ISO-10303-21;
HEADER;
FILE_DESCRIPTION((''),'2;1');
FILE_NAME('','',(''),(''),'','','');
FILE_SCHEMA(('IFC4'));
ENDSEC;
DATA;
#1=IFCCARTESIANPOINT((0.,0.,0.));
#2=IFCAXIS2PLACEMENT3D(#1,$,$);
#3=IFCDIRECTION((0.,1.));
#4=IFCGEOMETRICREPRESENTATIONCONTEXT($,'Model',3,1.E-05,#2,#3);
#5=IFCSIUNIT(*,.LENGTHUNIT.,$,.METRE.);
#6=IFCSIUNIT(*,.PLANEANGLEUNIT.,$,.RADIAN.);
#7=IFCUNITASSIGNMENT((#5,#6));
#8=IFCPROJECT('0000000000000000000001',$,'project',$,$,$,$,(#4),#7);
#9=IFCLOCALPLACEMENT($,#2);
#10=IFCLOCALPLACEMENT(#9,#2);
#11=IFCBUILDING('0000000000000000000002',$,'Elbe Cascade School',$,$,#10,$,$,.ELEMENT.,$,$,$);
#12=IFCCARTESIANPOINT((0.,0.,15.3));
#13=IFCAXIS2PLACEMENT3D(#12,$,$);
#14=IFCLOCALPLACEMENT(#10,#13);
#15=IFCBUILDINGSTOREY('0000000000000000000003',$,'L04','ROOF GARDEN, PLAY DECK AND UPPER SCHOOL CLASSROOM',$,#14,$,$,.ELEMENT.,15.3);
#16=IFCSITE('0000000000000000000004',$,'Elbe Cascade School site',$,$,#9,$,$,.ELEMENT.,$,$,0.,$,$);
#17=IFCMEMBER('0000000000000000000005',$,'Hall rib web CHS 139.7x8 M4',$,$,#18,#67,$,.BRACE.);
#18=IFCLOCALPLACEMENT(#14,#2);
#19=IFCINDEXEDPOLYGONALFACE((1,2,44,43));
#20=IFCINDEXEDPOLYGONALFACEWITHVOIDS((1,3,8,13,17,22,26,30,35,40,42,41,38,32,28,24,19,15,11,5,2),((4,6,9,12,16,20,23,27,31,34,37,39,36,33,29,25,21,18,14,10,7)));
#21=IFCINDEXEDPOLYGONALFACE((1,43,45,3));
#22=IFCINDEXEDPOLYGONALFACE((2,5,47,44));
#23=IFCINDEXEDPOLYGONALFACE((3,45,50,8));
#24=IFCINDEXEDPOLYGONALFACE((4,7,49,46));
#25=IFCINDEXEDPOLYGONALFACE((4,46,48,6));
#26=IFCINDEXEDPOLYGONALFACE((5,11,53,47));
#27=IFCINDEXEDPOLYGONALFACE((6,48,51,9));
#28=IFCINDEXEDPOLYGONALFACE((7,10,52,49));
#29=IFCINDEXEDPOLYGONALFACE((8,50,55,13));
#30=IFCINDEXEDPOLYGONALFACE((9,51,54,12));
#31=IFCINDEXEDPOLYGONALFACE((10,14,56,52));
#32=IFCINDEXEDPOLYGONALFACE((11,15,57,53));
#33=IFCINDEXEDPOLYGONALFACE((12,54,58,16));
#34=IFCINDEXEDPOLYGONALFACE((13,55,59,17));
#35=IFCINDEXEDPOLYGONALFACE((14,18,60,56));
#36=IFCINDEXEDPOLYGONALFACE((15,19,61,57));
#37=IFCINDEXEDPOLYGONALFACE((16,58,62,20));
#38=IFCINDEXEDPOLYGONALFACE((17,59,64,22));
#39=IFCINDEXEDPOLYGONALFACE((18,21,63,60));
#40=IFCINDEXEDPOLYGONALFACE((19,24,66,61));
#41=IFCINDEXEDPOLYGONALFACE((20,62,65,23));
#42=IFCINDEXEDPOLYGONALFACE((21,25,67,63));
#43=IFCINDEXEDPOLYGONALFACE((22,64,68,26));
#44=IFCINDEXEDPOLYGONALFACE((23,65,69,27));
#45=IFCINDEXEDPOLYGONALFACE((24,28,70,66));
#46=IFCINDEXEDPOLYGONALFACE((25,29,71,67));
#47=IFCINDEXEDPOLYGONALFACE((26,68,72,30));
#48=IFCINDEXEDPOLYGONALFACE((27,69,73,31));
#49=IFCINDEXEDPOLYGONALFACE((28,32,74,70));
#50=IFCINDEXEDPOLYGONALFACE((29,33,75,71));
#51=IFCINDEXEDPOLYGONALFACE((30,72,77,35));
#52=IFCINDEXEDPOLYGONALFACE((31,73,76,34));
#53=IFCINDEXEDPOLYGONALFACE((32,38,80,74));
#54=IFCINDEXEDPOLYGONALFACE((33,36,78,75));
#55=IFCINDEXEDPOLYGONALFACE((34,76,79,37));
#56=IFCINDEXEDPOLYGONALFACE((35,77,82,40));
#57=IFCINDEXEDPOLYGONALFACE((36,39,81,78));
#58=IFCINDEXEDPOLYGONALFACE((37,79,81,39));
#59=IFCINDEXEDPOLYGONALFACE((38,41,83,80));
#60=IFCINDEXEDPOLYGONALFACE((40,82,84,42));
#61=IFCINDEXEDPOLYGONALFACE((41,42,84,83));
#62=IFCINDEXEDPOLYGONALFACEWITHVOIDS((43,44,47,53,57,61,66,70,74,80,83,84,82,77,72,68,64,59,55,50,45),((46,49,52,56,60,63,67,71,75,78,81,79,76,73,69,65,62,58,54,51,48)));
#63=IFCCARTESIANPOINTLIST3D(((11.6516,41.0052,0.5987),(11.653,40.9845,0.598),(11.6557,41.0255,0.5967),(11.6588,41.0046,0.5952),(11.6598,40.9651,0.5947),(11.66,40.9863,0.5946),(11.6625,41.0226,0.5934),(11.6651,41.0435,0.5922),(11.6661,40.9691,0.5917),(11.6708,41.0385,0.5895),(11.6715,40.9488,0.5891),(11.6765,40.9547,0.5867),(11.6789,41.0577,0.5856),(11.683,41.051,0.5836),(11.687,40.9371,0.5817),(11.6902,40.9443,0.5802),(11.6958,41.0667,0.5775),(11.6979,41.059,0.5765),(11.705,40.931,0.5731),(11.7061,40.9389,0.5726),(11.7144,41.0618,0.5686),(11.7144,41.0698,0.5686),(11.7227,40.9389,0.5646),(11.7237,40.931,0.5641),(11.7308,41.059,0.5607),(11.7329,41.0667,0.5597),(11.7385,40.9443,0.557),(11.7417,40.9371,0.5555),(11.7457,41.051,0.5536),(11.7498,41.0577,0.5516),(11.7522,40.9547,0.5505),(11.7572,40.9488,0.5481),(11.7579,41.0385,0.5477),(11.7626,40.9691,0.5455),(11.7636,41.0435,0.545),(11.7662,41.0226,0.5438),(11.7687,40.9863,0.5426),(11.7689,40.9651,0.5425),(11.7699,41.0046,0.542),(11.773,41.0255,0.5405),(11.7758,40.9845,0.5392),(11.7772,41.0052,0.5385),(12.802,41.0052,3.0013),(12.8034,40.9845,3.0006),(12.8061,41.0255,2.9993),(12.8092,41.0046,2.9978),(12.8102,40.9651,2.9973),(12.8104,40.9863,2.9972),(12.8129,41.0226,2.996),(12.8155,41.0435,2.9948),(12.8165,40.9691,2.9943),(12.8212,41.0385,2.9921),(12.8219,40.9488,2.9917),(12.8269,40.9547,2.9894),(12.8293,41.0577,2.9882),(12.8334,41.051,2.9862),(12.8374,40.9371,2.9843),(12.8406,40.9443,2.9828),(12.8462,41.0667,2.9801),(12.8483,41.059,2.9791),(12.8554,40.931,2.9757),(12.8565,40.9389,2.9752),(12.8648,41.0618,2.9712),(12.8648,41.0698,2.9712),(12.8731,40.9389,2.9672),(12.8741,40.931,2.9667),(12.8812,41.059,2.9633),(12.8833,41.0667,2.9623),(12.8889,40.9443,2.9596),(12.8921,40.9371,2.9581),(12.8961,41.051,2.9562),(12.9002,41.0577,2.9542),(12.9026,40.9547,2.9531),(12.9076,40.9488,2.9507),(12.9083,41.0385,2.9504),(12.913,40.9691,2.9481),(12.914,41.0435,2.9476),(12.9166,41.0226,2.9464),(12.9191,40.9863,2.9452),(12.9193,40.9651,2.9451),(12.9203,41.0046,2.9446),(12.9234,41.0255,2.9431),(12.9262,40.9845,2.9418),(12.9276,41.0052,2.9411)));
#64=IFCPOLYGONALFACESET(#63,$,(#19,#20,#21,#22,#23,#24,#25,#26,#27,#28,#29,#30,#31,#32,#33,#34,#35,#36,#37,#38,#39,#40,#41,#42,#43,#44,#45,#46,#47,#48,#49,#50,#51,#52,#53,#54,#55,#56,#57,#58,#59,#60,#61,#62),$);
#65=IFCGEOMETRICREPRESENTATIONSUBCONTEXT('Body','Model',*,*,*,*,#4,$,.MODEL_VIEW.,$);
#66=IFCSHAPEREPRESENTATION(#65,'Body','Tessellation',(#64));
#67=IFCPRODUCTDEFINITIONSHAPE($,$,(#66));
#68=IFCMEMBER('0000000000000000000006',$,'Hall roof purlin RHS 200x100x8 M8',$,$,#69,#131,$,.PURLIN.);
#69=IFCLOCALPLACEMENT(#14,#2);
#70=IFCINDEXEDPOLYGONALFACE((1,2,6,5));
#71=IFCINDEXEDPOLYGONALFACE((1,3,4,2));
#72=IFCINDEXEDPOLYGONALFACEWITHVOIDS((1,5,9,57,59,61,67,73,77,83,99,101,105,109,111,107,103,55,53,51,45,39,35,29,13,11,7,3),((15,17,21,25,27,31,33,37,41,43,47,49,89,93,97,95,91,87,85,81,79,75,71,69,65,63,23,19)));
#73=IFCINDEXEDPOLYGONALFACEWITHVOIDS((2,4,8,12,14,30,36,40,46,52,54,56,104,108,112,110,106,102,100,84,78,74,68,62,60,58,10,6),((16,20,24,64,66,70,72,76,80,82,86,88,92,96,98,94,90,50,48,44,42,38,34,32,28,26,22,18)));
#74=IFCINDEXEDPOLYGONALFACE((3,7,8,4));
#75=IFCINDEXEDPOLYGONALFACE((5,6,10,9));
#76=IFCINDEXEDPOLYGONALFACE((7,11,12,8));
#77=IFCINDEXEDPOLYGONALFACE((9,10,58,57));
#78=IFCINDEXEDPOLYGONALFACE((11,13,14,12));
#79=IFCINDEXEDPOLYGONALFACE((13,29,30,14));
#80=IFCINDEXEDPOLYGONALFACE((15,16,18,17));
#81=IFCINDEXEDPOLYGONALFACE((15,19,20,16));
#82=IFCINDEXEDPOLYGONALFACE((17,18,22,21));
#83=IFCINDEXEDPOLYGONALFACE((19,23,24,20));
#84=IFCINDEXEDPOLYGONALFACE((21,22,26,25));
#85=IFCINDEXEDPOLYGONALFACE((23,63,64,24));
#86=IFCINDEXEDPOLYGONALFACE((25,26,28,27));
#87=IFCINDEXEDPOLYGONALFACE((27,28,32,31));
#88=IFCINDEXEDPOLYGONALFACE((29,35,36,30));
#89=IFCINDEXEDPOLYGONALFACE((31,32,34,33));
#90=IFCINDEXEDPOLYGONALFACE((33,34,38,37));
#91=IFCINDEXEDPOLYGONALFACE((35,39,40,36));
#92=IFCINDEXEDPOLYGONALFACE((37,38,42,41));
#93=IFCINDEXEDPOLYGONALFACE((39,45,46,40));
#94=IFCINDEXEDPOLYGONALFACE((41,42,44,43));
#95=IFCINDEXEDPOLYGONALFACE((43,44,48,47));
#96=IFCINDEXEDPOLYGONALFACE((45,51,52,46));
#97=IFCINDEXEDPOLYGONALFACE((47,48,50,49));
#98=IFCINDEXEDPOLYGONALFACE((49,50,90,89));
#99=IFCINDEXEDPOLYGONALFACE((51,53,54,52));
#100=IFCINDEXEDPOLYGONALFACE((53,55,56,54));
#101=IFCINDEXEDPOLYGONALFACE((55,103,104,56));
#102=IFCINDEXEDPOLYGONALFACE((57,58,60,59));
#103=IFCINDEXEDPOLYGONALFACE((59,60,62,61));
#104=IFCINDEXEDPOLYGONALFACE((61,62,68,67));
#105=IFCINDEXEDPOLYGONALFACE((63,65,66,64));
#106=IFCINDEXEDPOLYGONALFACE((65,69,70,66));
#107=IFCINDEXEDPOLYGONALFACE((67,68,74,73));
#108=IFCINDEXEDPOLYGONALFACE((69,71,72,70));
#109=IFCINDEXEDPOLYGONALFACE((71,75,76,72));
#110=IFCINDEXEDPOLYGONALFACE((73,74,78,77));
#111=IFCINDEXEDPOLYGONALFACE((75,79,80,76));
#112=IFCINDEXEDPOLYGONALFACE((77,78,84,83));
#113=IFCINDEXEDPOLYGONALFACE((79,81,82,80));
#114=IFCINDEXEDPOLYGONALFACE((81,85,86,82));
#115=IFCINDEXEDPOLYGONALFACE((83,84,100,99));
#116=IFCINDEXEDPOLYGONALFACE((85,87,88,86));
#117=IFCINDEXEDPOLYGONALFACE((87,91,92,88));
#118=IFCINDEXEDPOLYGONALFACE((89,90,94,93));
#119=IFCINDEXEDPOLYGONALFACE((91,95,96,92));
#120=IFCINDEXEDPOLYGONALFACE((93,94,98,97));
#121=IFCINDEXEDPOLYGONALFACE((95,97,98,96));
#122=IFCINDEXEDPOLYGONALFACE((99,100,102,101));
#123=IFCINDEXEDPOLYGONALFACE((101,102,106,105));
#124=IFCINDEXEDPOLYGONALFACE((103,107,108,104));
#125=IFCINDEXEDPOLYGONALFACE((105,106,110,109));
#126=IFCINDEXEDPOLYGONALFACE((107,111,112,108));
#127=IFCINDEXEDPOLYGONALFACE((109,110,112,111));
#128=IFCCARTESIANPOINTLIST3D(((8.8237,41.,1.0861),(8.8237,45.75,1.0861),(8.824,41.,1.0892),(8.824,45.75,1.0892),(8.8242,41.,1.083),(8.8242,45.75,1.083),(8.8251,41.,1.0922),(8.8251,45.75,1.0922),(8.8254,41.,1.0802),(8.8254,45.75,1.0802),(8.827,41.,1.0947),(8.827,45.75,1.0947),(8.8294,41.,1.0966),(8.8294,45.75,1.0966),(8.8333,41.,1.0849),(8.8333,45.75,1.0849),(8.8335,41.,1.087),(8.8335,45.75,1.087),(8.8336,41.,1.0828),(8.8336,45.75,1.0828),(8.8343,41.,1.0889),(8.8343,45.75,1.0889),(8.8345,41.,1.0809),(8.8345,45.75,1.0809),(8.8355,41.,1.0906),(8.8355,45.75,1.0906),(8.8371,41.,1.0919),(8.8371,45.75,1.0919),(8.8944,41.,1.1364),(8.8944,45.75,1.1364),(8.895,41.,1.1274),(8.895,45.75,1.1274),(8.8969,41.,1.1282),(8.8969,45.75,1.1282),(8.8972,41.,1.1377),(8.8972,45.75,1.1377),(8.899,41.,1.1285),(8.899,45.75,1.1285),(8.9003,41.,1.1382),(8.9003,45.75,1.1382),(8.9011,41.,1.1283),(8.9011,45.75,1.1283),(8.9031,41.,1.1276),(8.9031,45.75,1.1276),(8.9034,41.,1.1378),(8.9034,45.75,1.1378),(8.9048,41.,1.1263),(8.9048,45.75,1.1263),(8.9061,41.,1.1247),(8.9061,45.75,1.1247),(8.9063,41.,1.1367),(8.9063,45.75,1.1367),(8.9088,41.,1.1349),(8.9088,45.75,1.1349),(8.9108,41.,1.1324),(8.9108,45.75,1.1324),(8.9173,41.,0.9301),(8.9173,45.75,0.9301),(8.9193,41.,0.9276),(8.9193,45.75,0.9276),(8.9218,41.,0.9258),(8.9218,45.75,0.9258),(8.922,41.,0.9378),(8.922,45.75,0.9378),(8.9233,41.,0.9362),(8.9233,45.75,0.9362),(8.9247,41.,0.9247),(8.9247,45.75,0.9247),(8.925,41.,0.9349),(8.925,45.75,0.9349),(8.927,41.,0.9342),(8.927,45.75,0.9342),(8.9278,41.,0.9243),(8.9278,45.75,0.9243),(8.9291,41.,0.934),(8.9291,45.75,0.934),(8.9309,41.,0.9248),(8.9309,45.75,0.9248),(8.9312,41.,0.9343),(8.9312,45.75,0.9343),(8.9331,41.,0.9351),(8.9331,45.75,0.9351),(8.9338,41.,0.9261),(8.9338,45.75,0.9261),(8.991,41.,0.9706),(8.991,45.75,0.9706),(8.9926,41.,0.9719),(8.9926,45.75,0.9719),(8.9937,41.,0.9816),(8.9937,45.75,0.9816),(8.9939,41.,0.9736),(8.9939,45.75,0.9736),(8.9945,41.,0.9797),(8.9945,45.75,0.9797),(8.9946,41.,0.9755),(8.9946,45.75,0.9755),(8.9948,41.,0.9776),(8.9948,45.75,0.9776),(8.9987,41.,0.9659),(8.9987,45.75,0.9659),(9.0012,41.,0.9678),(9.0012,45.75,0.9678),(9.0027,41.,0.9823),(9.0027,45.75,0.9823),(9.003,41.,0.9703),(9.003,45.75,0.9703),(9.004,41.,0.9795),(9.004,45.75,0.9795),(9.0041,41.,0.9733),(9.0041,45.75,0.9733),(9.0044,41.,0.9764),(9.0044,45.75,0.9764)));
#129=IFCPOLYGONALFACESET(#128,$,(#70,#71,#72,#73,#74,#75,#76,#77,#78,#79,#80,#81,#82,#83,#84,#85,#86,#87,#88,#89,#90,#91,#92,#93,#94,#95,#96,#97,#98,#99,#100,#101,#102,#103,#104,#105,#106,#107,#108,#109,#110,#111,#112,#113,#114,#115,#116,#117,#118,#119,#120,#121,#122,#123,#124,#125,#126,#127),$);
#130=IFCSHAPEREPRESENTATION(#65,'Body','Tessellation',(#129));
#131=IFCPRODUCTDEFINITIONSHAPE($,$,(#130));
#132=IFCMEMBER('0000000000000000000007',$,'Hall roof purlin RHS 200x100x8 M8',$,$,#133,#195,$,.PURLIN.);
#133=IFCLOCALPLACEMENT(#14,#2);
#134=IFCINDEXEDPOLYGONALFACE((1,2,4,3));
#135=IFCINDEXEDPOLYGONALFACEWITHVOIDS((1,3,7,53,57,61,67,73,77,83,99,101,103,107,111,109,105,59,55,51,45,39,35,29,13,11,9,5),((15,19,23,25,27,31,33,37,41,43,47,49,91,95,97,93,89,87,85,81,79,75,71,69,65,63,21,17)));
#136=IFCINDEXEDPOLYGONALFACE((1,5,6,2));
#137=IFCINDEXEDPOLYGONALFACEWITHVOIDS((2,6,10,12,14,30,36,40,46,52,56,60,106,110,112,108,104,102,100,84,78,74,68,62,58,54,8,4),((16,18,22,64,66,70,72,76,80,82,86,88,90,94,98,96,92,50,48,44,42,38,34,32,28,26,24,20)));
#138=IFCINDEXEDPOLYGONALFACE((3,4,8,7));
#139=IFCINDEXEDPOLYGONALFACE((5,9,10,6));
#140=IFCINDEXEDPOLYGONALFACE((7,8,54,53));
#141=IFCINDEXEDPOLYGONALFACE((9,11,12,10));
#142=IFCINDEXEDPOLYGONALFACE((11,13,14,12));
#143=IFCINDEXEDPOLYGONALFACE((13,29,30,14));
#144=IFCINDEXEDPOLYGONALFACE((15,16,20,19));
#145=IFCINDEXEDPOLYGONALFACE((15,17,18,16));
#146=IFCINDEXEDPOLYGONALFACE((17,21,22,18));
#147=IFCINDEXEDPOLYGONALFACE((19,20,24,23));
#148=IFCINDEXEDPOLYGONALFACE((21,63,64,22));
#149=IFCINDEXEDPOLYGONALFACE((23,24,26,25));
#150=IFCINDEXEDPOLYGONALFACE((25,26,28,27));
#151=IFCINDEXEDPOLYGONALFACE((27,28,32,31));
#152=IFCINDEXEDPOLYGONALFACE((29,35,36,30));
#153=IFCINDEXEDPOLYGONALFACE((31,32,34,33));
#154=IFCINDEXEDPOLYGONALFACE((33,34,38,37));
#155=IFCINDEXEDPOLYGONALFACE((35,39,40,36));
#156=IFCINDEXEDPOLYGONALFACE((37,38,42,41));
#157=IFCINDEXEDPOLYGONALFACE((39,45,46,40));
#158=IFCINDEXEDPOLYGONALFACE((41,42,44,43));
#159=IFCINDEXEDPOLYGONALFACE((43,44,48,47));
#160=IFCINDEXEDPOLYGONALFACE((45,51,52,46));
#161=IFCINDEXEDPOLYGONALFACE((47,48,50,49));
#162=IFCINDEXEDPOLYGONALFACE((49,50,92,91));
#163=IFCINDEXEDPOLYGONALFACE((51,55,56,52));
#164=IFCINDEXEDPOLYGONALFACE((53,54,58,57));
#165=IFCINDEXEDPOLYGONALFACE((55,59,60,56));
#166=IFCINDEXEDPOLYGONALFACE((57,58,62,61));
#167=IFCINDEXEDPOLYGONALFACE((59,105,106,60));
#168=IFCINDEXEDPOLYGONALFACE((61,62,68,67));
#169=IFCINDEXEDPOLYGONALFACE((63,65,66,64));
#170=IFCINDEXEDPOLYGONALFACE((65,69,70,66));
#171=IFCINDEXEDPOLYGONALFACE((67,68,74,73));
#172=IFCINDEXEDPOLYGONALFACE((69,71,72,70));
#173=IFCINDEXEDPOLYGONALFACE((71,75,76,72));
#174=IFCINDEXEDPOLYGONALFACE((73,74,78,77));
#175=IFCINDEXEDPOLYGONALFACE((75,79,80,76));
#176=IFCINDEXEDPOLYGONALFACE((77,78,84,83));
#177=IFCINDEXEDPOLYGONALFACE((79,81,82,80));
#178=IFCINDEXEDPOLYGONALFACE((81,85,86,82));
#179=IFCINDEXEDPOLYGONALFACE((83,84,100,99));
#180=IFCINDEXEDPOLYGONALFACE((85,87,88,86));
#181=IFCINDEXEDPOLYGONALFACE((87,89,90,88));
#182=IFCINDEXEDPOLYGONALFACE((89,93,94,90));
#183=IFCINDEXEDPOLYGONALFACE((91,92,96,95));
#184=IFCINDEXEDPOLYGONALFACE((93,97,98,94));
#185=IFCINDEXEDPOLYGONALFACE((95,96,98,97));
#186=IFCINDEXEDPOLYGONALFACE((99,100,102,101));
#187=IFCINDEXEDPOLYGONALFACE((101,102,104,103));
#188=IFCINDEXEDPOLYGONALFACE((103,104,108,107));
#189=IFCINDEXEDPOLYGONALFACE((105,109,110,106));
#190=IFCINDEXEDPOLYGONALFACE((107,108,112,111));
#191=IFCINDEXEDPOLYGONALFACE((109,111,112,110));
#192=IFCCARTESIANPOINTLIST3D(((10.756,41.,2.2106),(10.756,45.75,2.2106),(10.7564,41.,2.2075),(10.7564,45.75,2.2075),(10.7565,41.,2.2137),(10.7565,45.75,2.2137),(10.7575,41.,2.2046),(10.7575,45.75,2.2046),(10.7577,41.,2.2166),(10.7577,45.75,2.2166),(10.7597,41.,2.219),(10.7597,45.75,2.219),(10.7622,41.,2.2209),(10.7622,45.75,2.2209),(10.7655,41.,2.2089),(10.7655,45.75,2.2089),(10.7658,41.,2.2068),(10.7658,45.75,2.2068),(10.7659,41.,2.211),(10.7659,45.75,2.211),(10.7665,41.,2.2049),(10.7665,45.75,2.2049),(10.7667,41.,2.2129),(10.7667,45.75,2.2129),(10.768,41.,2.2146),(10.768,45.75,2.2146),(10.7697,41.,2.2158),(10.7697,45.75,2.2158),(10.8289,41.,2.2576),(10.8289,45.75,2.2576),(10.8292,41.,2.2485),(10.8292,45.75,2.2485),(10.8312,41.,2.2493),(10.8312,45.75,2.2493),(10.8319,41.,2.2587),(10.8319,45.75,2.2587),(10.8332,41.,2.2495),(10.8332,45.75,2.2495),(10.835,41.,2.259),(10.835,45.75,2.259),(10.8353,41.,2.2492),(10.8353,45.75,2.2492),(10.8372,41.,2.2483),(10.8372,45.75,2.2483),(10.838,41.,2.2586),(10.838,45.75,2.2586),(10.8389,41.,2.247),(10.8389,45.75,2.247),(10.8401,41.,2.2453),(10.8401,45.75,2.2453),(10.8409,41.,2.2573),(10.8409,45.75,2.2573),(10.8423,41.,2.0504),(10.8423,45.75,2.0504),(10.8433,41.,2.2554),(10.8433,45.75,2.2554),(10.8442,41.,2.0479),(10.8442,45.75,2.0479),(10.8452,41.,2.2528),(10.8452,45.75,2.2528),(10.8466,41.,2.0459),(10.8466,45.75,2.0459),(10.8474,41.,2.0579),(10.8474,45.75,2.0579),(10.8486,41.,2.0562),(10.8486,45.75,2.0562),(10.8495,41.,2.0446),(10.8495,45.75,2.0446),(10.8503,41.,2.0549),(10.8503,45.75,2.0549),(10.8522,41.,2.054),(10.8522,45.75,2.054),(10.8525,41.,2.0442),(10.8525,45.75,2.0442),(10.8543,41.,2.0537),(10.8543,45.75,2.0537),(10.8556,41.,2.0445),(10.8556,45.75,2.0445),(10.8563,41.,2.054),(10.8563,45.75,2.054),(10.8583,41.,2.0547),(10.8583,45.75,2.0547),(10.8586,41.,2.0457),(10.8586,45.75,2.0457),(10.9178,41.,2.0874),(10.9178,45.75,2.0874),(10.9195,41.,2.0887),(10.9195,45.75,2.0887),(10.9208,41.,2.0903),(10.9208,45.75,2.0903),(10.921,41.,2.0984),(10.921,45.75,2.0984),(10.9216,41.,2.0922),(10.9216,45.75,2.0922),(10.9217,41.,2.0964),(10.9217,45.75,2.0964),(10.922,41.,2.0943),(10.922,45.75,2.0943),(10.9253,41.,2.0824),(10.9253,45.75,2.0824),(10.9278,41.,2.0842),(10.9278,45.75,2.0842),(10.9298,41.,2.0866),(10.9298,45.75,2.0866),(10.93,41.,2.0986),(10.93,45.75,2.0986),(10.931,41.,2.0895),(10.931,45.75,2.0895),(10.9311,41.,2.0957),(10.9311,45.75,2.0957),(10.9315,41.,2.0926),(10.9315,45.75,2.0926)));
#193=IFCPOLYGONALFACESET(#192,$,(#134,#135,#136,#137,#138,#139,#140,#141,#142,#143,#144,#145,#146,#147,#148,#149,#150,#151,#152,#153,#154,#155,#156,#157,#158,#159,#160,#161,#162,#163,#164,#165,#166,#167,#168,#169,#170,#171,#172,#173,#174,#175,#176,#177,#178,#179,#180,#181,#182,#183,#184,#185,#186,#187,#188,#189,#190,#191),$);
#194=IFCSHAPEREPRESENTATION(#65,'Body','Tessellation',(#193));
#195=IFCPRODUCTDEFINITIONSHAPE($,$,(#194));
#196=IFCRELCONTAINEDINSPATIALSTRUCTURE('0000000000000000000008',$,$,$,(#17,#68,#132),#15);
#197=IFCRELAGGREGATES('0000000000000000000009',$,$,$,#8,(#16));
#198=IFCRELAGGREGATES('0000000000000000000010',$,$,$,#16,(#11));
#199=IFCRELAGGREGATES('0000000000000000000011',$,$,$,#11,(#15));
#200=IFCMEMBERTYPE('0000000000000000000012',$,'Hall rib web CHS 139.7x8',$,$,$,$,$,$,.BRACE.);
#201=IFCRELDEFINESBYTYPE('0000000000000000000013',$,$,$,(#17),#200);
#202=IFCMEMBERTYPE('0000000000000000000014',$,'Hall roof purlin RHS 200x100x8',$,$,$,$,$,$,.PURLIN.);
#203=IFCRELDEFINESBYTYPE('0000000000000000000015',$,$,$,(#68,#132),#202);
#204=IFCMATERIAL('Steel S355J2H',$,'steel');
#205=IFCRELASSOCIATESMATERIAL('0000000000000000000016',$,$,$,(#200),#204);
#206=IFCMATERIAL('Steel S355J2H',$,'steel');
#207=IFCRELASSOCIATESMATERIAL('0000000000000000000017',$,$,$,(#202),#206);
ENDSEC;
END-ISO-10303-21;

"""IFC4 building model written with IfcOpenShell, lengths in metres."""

from ifc_helpers import new_model, si_unit, direction, frame, origin, origin_2d, place, context, subcontext, project, spatial, hollow_rectangle, hollow_circle, extrude, material, material_profile, profile_set, type_object, element, save


model = new_model("IFC4")

# Units and contexts
model_context = context("Model", 3, precision=1e-05, world=origin(), true_north=direction((0.0, 1.0)))
body_context = subcontext(model_context, "Body", "Model", "MODEL_VIEW")
ifc_project = project(units=[si_unit("LENGTHUNIT", "METRE"), si_unit("PLANEANGLEUNIT", "RADIAN")], contexts=[model_context])

# Site, building, storey
site_placement = place(None, origin())
site = spatial("IfcSite", under=ifc_project, at=site_placement, Name="Elbe Cascade School site", CompositionType="ELEMENT", RefElevation=0.0)
building_placement = place(site_placement, origin())
building = spatial("IfcBuilding", under=site, at=building_placement, Name="Elbe Cascade School", CompositionType="ELEMENT")
storey_placement = place(building_placement, frame((0.0, 0.0, 15.3)))
storey = spatial("IfcBuildingStorey", under=building, at=storey_placement, Name="L04", Description="ROOF GARDEN, PLAY DECK AND UPPER SCHOOL CLASSROOM", CompositionType="ELEMENT", Elevation=15.3)

# Members
ifc_material_1 = material(Name="Steel S355J2H", Category="steel")
ifc_material_profile_1 = material_profile(ifc_material_1, hollow_circle(Radius=0.0698, WallThickness=0.0081, at=origin_2d()), Name="CHS 139.7x8")
ifc_profile_set_1 = profile_set([ifc_material_profile_1], Name="Steel S355J2H")
member_type_1 = type_object("IfcMemberType", Name="Hall rib web CHS 139.7x8", PredefinedType="BRACE", material=ifc_profile_set_1)
member_1_placement = place(storey_placement, frame((11.7144, 41.0, 0.5686), z_axis=(0.431861, 0.0, 0.90194), x_axis=(0.0, 1.0, 0.0)))
element("IfcMember", 1, at=member_1_placement, inside=storey, type_object=member_type_1, Name="Hall rib web CHS 139.7x8 M4", PredefinedType="BRACE", context=body_context, shape_type="SweptSolid", body=[
    extrude(hollow_circle(Radius=0.0698, WallThickness=0.0081, at=origin_2d()), origin(), (0.0, 0.0, 1.0), 2.6638),
])
ifc_material_2 = material(Name="Steel S355J2H", Category="steel")
ifc_material_profile_2 = material_profile(ifc_material_2, hollow_rectangle(XDim=0.1001, YDim=0.2, WallThickness=0.0081, InnerFilletRadius=0.0081, OuterFilletRadius=0.012, at=origin_2d()), Name="RHS 200x100x8")
ifc_profile_set_2 = profile_set([ifc_material_profile_2], Name="Steel S355J2H")
member_type_2 = type_object("IfcMemberType", Name="Hall roof purlin RHS 200x100x8", PredefinedType="PURLIN", material=ifc_profile_set_2)
for number, where, z_axis, x_axis, name in (
    (2, (8.9141, 41.0, 1.0312), (0.0, 1.0, 0.0), (-0.852941, 0.0, -0.522008), "Hall roof purlin RHS 200x100x8 M8"),
    (3, (10.8438, 41.0, 2.1516), (0.0, 1.0, 0.0), (-0.876252, 0.0, -0.481853), "Hall roof purlin RHS 200x100x8 M8"),
):
    element("IfcMember", number, at=place(storey_placement, frame(where, z_axis=z_axis, x_axis=x_axis)), inside=storey, type_object=member_type_2, Name=name, PredefinedType="PURLIN", context=body_context, shape_type="SweptSolid", body=[
        extrude(hollow_rectangle(XDim=0.1001, YDim=0.2, WallThickness=0.0081, InnerFilletRadius=0.0081, OuterFilletRadius=0.012, at=origin_2d()), origin(), (0.0, 0.0, 1.0), 4.75),
    ])

save(model, "model.ifc")
